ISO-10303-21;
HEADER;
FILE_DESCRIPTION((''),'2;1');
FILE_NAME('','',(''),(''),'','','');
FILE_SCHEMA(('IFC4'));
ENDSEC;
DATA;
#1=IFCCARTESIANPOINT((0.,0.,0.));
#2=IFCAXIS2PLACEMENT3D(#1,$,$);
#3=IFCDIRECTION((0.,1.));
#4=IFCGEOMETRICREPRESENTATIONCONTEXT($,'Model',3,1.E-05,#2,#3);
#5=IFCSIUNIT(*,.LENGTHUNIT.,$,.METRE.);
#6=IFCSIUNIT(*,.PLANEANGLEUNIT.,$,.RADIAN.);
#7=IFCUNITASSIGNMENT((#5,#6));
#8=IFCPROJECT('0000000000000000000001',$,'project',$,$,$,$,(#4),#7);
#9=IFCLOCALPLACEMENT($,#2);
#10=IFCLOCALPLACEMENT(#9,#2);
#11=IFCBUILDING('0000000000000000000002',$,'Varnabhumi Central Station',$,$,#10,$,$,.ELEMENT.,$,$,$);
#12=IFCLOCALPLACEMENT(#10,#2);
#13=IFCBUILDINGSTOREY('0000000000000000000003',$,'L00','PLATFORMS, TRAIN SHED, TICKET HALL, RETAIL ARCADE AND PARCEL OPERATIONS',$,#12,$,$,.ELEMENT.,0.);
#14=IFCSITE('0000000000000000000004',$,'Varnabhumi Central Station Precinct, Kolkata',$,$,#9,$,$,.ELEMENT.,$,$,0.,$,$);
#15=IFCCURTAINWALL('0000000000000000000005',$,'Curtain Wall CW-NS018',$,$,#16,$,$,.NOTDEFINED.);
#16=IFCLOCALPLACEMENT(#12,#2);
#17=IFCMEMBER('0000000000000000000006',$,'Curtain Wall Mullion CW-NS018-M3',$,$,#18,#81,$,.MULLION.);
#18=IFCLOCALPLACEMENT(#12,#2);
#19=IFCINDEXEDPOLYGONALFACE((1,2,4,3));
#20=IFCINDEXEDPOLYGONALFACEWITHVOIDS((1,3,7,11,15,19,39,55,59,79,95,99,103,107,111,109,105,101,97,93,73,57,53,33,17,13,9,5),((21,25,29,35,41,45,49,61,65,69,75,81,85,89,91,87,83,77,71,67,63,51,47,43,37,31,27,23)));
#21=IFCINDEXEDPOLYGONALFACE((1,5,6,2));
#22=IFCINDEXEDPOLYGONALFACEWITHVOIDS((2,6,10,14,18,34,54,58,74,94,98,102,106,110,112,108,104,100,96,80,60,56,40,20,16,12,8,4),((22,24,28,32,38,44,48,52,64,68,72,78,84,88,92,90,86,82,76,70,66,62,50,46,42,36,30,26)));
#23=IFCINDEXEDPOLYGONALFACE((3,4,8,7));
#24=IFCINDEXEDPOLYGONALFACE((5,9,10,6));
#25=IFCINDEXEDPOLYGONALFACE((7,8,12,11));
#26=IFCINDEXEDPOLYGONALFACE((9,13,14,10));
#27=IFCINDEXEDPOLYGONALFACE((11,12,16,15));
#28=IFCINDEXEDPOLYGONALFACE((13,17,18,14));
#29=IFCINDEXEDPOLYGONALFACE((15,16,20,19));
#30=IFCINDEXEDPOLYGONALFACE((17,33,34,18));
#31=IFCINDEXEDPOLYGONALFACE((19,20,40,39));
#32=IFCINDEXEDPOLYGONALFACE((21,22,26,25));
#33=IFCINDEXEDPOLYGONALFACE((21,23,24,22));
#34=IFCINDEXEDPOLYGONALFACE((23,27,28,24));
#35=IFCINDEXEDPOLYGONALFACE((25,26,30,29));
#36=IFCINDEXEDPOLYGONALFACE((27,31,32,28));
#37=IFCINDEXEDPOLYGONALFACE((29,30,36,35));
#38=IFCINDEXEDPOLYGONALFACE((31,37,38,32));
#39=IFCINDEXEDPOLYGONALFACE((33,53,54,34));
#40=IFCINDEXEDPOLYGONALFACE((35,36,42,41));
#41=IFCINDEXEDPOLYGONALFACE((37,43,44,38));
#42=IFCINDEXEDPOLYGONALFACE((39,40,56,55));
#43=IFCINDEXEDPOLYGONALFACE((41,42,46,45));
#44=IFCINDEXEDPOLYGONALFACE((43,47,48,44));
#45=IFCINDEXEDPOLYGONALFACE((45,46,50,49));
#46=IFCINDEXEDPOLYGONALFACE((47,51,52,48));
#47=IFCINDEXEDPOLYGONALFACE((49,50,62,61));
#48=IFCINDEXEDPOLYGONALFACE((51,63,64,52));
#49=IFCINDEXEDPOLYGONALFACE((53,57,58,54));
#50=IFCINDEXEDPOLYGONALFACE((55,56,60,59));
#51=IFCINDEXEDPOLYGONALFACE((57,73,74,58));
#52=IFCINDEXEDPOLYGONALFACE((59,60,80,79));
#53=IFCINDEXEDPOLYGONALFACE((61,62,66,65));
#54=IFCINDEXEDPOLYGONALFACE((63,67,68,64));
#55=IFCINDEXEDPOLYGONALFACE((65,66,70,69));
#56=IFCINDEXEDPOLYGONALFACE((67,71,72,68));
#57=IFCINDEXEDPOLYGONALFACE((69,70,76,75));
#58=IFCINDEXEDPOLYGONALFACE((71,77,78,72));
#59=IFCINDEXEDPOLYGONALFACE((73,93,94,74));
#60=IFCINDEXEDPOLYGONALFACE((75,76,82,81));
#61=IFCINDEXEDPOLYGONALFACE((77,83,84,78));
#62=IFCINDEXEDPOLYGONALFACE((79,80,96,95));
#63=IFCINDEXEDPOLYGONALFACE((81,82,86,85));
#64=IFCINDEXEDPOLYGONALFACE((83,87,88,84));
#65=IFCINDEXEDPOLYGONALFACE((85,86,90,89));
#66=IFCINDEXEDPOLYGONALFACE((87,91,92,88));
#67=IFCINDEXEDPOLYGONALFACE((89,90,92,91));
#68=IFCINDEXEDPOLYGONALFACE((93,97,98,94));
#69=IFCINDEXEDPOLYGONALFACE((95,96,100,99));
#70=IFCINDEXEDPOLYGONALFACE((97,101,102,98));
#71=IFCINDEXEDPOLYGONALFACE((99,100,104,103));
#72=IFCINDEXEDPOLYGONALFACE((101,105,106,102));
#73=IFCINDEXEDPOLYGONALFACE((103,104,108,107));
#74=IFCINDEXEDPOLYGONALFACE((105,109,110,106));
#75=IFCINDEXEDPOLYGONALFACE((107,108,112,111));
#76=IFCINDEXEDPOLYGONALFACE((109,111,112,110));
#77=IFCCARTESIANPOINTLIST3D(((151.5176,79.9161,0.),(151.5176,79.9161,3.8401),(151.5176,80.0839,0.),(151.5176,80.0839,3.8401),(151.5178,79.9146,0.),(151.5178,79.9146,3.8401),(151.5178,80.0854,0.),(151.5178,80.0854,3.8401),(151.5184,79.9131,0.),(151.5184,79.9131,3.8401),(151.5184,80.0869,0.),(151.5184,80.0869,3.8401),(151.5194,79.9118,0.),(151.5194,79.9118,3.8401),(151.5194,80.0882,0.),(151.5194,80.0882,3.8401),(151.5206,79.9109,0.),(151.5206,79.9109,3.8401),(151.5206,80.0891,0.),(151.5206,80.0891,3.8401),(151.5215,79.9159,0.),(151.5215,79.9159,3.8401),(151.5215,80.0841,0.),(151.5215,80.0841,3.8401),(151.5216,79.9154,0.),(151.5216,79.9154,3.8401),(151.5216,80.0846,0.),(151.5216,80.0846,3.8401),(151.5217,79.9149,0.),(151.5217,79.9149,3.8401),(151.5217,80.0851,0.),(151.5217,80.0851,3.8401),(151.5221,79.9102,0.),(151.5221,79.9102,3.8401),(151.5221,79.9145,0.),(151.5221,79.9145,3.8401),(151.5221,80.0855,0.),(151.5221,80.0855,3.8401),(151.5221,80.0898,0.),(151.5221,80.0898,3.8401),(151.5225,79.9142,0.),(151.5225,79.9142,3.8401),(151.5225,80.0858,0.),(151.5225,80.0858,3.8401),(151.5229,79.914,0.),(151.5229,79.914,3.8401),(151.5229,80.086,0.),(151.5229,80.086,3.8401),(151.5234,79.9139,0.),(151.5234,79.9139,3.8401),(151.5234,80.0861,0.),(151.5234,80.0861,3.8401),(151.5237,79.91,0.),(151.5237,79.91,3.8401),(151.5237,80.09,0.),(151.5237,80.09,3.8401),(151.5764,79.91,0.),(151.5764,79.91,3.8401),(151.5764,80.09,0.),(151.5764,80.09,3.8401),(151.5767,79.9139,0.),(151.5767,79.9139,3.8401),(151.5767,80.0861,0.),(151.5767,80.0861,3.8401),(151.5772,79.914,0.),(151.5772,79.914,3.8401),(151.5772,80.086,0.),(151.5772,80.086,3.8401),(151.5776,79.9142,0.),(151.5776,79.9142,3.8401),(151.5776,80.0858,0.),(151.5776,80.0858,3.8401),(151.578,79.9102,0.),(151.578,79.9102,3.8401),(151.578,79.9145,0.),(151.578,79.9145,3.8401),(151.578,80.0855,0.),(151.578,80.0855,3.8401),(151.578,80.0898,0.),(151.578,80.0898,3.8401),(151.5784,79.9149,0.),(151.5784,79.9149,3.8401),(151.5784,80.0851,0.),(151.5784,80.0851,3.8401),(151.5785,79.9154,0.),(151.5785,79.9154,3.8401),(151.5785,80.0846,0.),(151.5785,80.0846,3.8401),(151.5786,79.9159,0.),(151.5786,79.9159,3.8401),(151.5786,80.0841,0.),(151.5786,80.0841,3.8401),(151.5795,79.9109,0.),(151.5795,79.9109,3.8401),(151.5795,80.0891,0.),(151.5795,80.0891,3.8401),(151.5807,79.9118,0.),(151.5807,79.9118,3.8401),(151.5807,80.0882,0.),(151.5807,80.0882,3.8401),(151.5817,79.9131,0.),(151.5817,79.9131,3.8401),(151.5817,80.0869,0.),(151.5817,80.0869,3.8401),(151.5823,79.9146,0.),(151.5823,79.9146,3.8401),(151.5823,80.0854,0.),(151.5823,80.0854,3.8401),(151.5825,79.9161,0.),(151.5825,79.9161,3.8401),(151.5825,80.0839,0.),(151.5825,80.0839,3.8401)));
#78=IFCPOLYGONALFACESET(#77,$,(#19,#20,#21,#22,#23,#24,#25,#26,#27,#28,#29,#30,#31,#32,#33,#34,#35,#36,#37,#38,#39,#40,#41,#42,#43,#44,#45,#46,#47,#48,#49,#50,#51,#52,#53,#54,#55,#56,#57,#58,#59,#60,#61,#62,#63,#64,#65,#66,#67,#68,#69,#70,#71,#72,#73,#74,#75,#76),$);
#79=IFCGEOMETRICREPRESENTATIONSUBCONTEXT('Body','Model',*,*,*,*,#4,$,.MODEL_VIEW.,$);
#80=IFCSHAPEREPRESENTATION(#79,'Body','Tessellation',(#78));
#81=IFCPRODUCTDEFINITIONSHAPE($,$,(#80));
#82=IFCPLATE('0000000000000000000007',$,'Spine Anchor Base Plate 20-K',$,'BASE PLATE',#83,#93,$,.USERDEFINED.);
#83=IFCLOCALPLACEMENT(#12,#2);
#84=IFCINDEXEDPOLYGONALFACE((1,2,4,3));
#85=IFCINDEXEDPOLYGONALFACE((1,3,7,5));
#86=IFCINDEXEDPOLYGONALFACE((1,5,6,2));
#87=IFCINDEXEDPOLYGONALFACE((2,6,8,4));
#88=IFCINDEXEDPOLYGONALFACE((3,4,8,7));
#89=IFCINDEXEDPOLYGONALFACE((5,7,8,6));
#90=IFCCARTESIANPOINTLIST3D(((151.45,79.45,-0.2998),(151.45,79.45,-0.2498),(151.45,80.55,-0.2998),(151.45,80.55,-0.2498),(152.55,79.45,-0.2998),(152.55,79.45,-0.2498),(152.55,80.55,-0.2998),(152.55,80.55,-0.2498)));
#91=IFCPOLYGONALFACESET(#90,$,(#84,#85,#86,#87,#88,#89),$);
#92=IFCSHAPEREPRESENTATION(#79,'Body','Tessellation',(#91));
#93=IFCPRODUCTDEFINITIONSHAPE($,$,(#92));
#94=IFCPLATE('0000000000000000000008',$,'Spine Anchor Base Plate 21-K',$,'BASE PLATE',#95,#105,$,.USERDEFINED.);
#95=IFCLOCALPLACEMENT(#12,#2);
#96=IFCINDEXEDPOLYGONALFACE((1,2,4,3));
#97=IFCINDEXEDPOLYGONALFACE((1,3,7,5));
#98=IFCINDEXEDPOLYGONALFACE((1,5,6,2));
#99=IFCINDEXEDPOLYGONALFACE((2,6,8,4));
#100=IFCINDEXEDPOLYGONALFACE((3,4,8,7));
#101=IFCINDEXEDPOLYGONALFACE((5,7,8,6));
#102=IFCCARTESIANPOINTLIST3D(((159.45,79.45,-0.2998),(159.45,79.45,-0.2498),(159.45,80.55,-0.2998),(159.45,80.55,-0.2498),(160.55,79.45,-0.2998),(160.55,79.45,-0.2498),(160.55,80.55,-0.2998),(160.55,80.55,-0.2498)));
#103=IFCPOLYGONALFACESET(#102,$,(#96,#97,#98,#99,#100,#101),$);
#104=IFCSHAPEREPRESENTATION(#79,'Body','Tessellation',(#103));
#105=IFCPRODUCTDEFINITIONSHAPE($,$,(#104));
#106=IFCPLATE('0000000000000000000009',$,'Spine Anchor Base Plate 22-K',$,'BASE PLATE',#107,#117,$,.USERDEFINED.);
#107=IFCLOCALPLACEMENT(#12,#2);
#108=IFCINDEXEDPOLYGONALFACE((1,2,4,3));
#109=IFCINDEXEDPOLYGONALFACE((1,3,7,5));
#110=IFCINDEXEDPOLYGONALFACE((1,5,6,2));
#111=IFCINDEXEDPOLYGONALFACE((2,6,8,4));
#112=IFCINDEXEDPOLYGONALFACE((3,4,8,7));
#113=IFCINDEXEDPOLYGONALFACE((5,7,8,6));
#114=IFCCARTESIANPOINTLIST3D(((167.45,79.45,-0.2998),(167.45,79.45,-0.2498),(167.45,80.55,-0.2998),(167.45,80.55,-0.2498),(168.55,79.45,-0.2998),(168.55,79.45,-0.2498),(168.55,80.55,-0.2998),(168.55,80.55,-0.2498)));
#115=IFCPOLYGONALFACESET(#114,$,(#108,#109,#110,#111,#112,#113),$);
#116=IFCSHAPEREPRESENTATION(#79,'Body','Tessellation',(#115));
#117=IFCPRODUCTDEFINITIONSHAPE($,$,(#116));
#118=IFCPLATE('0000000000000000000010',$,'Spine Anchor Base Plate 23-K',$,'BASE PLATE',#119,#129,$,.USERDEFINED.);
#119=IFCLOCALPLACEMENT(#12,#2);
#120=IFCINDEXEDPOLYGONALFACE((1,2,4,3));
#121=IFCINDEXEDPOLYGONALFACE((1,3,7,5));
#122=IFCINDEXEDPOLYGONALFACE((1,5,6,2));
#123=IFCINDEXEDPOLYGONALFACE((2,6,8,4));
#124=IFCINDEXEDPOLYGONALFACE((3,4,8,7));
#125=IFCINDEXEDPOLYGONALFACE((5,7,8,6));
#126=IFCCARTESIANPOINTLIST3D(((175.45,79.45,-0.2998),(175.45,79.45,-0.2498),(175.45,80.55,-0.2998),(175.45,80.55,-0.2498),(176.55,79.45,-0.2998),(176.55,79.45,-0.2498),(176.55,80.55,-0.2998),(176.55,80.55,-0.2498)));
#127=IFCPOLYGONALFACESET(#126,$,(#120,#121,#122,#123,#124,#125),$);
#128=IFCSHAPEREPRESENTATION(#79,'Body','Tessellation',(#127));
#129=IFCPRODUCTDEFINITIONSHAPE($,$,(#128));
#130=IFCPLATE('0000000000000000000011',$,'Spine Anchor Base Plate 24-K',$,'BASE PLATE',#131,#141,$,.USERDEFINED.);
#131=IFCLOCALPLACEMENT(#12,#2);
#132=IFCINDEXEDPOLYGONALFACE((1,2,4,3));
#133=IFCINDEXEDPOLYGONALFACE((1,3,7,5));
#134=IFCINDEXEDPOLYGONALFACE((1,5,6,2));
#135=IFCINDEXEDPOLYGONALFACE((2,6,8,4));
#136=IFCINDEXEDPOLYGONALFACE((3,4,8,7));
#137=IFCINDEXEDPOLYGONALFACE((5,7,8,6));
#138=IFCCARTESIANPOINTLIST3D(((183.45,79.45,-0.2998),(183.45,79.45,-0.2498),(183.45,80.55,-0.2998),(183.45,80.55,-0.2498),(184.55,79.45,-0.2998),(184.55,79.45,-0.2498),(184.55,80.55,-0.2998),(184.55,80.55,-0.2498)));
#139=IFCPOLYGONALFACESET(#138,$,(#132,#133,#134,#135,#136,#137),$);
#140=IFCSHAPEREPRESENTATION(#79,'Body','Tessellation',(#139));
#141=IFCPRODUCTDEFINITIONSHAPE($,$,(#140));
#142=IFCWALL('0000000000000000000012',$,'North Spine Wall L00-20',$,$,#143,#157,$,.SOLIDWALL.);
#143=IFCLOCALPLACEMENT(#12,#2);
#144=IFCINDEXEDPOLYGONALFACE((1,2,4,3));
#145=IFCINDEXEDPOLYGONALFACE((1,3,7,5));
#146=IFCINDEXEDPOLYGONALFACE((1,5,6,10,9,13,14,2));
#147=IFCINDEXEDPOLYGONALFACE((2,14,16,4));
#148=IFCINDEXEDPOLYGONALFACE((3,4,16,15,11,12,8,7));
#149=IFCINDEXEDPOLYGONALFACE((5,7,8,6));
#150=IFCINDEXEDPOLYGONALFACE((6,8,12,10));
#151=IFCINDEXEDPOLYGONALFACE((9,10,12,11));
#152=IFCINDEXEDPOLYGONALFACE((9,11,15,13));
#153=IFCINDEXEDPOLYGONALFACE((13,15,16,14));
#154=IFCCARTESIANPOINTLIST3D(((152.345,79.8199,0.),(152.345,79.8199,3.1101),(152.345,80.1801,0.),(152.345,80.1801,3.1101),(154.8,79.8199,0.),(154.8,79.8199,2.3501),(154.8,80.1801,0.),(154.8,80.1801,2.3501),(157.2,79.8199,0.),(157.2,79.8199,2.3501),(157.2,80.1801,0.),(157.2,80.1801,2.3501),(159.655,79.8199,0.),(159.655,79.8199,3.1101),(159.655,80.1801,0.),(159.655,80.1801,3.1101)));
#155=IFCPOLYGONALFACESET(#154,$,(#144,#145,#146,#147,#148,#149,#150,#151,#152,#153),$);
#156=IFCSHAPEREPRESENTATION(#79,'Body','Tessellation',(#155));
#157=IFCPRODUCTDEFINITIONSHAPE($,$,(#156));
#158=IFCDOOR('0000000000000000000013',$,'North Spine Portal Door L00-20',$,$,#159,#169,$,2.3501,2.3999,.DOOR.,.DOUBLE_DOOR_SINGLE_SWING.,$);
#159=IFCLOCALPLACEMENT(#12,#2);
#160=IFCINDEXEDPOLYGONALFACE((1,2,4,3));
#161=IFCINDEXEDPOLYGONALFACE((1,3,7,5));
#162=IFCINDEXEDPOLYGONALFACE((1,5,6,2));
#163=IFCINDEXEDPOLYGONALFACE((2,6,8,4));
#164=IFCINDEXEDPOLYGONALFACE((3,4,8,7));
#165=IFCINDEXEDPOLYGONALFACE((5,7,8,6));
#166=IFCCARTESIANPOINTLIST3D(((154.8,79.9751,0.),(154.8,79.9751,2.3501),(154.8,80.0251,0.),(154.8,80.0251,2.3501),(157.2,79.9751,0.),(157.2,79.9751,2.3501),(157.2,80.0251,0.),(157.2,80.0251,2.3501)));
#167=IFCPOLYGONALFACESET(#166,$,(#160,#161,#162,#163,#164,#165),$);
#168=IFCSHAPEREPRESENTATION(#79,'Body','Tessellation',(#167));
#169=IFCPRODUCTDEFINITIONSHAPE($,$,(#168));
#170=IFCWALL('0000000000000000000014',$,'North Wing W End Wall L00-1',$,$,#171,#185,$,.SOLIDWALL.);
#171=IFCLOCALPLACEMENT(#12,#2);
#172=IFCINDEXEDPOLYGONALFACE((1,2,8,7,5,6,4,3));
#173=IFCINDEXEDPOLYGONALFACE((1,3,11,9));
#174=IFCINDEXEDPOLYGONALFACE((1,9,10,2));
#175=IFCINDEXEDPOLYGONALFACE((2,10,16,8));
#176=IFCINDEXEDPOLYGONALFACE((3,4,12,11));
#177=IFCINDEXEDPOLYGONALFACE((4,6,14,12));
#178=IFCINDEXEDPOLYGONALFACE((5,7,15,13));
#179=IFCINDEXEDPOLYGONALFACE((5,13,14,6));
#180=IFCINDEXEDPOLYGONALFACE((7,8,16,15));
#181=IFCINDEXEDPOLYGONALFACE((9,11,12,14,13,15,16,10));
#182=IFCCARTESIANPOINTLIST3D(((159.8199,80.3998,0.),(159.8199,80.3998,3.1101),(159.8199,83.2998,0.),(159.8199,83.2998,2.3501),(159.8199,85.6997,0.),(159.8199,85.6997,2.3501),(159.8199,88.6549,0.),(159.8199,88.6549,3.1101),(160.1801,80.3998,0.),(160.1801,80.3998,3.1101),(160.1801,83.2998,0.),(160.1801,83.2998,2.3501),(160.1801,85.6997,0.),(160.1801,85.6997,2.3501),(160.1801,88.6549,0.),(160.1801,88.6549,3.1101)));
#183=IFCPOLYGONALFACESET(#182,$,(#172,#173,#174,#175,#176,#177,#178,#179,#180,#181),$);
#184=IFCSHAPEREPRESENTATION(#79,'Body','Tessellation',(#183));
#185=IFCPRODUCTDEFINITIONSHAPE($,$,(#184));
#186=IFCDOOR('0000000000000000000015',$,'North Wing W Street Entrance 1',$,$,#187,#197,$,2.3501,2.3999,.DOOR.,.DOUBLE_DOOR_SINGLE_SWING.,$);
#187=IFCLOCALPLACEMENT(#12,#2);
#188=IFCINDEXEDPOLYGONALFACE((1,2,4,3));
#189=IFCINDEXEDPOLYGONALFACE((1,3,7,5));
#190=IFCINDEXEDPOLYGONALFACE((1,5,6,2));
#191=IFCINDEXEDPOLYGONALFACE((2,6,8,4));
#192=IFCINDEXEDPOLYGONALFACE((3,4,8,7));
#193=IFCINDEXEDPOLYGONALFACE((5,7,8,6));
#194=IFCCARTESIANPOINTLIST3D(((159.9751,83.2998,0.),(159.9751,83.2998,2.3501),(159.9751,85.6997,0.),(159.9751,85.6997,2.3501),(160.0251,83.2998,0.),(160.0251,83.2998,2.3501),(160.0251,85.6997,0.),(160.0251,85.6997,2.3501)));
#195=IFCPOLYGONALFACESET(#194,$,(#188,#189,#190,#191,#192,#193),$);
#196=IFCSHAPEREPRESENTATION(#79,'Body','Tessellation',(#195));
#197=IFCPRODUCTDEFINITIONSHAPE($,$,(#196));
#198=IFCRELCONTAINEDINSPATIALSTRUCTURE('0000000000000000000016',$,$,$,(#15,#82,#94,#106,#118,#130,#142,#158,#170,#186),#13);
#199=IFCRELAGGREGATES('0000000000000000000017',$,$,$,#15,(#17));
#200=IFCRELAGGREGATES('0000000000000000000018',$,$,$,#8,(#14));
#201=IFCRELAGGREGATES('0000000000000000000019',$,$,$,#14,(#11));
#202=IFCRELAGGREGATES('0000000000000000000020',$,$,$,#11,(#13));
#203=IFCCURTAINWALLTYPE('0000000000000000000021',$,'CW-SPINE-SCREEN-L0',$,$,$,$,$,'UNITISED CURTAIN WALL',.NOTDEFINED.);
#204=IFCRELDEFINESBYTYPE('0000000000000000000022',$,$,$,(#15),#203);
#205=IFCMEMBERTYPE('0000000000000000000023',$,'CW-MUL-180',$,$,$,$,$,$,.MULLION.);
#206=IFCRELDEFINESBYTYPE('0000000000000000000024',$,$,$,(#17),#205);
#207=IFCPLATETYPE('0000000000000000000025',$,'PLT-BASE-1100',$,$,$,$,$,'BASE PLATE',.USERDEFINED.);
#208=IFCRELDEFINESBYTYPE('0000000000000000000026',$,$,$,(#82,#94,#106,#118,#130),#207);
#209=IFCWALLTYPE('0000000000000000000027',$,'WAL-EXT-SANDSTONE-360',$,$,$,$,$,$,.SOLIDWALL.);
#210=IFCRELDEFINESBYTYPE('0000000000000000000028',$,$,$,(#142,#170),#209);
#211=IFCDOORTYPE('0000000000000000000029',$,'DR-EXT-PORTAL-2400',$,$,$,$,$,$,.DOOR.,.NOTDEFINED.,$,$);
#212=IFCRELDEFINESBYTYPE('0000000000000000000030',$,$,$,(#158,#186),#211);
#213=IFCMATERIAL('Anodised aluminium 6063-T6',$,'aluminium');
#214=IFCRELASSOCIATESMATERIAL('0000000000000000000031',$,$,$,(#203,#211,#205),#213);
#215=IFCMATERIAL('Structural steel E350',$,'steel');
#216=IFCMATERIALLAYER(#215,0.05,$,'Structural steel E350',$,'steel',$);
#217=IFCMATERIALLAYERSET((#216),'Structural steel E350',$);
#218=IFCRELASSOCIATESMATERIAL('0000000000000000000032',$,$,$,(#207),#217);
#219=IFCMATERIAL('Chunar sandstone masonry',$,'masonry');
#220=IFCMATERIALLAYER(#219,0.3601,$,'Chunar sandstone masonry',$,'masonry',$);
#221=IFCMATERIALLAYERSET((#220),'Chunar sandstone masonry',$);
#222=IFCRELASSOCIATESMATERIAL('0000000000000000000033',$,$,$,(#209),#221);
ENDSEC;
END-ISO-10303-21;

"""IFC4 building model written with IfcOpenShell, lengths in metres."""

from ifc_helpers import new_model, si_unit, direction, frame, frame_2d, origin, origin_2d, place, context, subcontext, project, spatial, rectangle, hollow_rectangle, extrude, material, layer, layer_set, material_profile, profile_set, type_object, element, fill, aggregate, save


model = new_model("IFC4")

# Units and contexts
model_context = context("Model", 3, precision=1e-05, world=origin(), true_north=direction((0.0, 1.0)))
body_context = subcontext(model_context, "Body", "Model", "MODEL_VIEW")
ifc_project = project(units=[si_unit("LENGTHUNIT", "METRE"), si_unit("PLANEANGLEUNIT", "RADIAN")], contexts=[model_context])

# Site, building, storey
site_placement = place(None, origin())
site = spatial("IfcSite", under=ifc_project, at=site_placement, Name="Varnabhumi Central Station Precinct, Kolkata", CompositionType="ELEMENT", RefElevation=0.0)
building_placement = place(site_placement, origin())
building = spatial("IfcBuilding", under=site, at=building_placement, Name="Varnabhumi Central Station", CompositionType="ELEMENT")
storey_placement = place(building_placement, origin())
storey = spatial("IfcBuildingStorey", under=building, at=storey_placement, Name="L00", Description="PLATFORMS, TRAIN SHED, TICKET HALL, RETAIL ARCADE AND PARCEL OPERATIONS", CompositionType="ELEMENT", Elevation=0.0)

# Curtain wall, member
ifc_material_1 = material(Name="Anodised aluminium 6063-T6", Category="aluminium")
curtain_wall_type = type_object("IfcCurtainWallType", Name="CW-SPINE-SCREEN-L0", ElementType="UNITISED CURTAIN WALL", PredefinedType="NOTDEFINED", material=ifc_material_1)
curtain_wall_placement = place(storey_placement, origin())
curtain_wall = element("IfcCurtainWall", 1, at=curtain_wall_placement, inside=storey, type_object=curtain_wall_type, Name="Curtain Wall CW-NS018", PredefinedType="NOTDEFINED")
ifc_material_profile_1 = material_profile(ifc_material_1, hollow_rectangle(XDim=0.0649, YDim=0.1799, WallThickness=0.0039, InnerFilletRadius=0.002, OuterFilletRadius=0.0061, at=origin_2d()), Name="Anodised aluminium 6063-T6", Category="aluminium")
ifc_profile_set_1 = profile_set([ifc_material_profile_1], Name="Anodised aluminium 6063-T6")
member_type = type_object("IfcMemberType", Name="CW-MUL-180", PredefinedType="MULLION", material=ifc_profile_set_1)
member_placement = place(storey_placement, frame((151.55, 80.0, 0.0), z_axis=(0.0, 0.0, 1.0), x_axis=(1.0, 0.0, 0.0)))
member = element("IfcMember", 2, at=member_placement, type_object=member_type, Name="Curtain Wall Mullion CW-NS018-M3", PredefinedType="MULLION", context=body_context, shape_type="SweptSolid", body=[
    extrude(hollow_rectangle(XDim=0.0649, YDim=0.1799, WallThickness=0.0039, InnerFilletRadius=0.002, OuterFilletRadius=0.0061, at=origin_2d()), origin(), (0.0, 0.0, 1.0), 3.8401),
])
aggregate(curtain_wall, [member])

# Plates
ifc_material_2 = material(Name="Structural steel E350", Category="steel")
ifc_layer_1 = layer(ifc_material_2, 0.05, Name="Structural steel E350", Category="steel")
ifc_layer_set_1 = layer_set([ifc_layer_1], Name="Structural steel E350")
plate_type = type_object("IfcPlateType", Name="PLT-BASE-1100", ElementType="BASE PLATE", PredefinedType="USERDEFINED", material=ifc_layer_set_1)
for number, where, z_axis, x_axis, name in (
    (3, (152.0, 80.0, -0.2998), (0.0, 0.0, 1.0), (1.0, 0.0, 0.0), "Spine Anchor Base Plate 20-K"),
    (4, (160.0, 80.0, -0.2998), (0.0, 0.0, 1.0), (1.0, 0.0, 0.0), "Spine Anchor Base Plate 21-K"),
    (5, (168.0, 80.0, -0.2998), (0.0, 0.0, 1.0), (1.0, 0.0, 0.0), "Spine Anchor Base Plate 22-K"),
    (6, (176.0, 80.0, -0.2998), (0.0, 0.0, 1.0), (1.0, 0.0, 0.0), "Spine Anchor Base Plate 23-K"),
    (7, (184.0, 80.0, -0.2998), (0.0, 0.0, 1.0), (1.0, 0.0, 0.0), "Spine Anchor Base Plate 24-K"),
):
    element("IfcPlate", number, at=place(storey_placement, frame(where, z_axis=z_axis, x_axis=x_axis)), inside=storey, type_object=plate_type, Name=name, ObjectType="BASE PLATE", PredefinedType="USERDEFINED", context=body_context, shape_type="SweptSolid", body=[
        extrude(rectangle(XDim=1.1001, YDim=1.1001, at=origin_2d()), origin(), (0.0, 0.0, 1.0), 0.05),
    ])

# Walls, openings, doors
ifc_material_3 = material(Name="Chunar sandstone masonry", Category="masonry")
ifc_layer_2 = layer(ifc_material_3, 0.3601, Name="Chunar sandstone masonry", Category="masonry")
ifc_layer_set_2 = layer_set([ifc_layer_2], Name="Chunar sandstone masonry")
wall_type = type_object("IfcWallType", Name="WAL-EXT-SANDSTONE-360", PredefinedType="SOLIDWALL", material=ifc_layer_set_2)
wall_1_placement = place(storey_placement, frame((152.345, 80.0, 0.0), z_axis=(0.0, 0.0, 1.0), x_axis=(1.0, 0.0, 0.0)))
wall_1 = element("IfcWall", 8, at=wall_1_placement, inside=storey, type_object=wall_type, Name="North Spine Wall L00-20", PredefinedType="SOLIDWALL", context=body_context, shape_type="SweptSolid", body=[
    extrude(rectangle(XDim=7.3101, YDim=0.3601, at=frame_2d((3.655, 0.0))), origin(), (0.0, 0.0, 1.0), 3.1101),
])
opening_1_placement = place(wall_1_placement, frame((2.4551, 0.0, 0.0)))
opening_1 = element("IfcOpeningElement", 9, at=opening_1_placement, cuts=wall_1, PredefinedType="OPENING", context=body_context, shape_type="SweptSolid", body=[
    extrude(rectangle(XDim=2.3999, YDim=2.3501, at=frame_2d((1.2, 1.175))), frame((0.0, 0.1899, 0.0), z_axis=(0.0, -1.0, 0.0), x_axis=(1.0, 0.0, 0.0)), (0.0, 0.0, 1.0), 0.3801),
])
door_type = type_object("IfcDoorType", Name="DR-EXT-PORTAL-2400", OperationType="NOTDEFINED", PredefinedType="DOOR", material=ifc_material_1)
door_1_placement = place(opening_1_placement, frame((2.3999, 0.0, 0.0), z_axis=(0.0, 0.0, 1.0), x_axis=(-1.0, 0.0, 0.0)))
door_1 = element("IfcDoor", 10, at=door_1_placement, inside=storey, type_object=door_type, Name="North Spine Portal Door L00-20", OperationType="DOUBLE_DOOR_SINGLE_SWING", OverallHeight=2.3501, OverallWidth=2.3999, PredefinedType="DOOR", context=body_context, shape_type="SweptSolid", body=[
    extrude(rectangle(XDim=2.3999, YDim=2.3501, at=frame_2d((1.2, 1.175))), frame((0.0, 0.0249, 0.0), z_axis=(0.0, -1.0, 0.0), x_axis=(1.0, 0.0, 0.0)), (0.0, 0.0, 1.0), 0.05),
])
fill(opening_1, door_1)
wall_2_placement = place(storey_placement, frame((160.0, 80.3999, 0.0), z_axis=(0.0, 0.0, 1.0), x_axis=(0.0, 1.0, 0.0)))
wall_2 = element("IfcWall", 11, at=wall_2_placement, inside=storey, type_object=wall_type, Name="North Wing W End Wall L00-1", PredefinedType="SOLIDWALL", context=body_context, shape_type="SweptSolid", body=[
    extrude(rectangle(XDim=8.2551, YDim=0.3601, at=frame_2d((4.1274, 0.0))), origin(), (0.0, 0.0, 1.0), 3.1101),
])
opening_2_placement = place(wall_2_placement, frame((2.8999, 0.0, 0.0)))
opening_2 = element("IfcOpeningElement", 12, at=opening_2_placement, cuts=wall_2, PredefinedType="OPENING", context=body_context, shape_type="SweptSolid", body=[
    extrude(rectangle(XDim=2.3999, YDim=2.3501, at=frame_2d((1.2, 1.175))), frame((0.0, 0.1899, 0.0), z_axis=(0.0, -1.0, 0.0), x_axis=(1.0, 0.0, 0.0)), (0.0, 0.0, 1.0), 0.3801),
])
door_2_placement = place(opening_2_placement, origin())
door_2 = element("IfcDoor", 13, at=door_2_placement, inside=storey, type_object=door_type, Name="North Wing W Street Entrance 1", OperationType="DOUBLE_DOOR_SINGLE_SWING", OverallHeight=2.3501, OverallWidth=2.3999, PredefinedType="DOOR", context=body_context, shape_type="SweptSolid", body=[
    extrude(rectangle(XDim=2.3999, YDim=2.3501, at=frame_2d((1.2, 1.175))), frame((0.0, 0.0249, 0.0), z_axis=(0.0, -1.0, 0.0), x_axis=(1.0, 0.0, 0.0)), (0.0, 0.0, 1.0), 0.05),
])
fill(opening_2, door_2)

save(model, "model.ifc")
